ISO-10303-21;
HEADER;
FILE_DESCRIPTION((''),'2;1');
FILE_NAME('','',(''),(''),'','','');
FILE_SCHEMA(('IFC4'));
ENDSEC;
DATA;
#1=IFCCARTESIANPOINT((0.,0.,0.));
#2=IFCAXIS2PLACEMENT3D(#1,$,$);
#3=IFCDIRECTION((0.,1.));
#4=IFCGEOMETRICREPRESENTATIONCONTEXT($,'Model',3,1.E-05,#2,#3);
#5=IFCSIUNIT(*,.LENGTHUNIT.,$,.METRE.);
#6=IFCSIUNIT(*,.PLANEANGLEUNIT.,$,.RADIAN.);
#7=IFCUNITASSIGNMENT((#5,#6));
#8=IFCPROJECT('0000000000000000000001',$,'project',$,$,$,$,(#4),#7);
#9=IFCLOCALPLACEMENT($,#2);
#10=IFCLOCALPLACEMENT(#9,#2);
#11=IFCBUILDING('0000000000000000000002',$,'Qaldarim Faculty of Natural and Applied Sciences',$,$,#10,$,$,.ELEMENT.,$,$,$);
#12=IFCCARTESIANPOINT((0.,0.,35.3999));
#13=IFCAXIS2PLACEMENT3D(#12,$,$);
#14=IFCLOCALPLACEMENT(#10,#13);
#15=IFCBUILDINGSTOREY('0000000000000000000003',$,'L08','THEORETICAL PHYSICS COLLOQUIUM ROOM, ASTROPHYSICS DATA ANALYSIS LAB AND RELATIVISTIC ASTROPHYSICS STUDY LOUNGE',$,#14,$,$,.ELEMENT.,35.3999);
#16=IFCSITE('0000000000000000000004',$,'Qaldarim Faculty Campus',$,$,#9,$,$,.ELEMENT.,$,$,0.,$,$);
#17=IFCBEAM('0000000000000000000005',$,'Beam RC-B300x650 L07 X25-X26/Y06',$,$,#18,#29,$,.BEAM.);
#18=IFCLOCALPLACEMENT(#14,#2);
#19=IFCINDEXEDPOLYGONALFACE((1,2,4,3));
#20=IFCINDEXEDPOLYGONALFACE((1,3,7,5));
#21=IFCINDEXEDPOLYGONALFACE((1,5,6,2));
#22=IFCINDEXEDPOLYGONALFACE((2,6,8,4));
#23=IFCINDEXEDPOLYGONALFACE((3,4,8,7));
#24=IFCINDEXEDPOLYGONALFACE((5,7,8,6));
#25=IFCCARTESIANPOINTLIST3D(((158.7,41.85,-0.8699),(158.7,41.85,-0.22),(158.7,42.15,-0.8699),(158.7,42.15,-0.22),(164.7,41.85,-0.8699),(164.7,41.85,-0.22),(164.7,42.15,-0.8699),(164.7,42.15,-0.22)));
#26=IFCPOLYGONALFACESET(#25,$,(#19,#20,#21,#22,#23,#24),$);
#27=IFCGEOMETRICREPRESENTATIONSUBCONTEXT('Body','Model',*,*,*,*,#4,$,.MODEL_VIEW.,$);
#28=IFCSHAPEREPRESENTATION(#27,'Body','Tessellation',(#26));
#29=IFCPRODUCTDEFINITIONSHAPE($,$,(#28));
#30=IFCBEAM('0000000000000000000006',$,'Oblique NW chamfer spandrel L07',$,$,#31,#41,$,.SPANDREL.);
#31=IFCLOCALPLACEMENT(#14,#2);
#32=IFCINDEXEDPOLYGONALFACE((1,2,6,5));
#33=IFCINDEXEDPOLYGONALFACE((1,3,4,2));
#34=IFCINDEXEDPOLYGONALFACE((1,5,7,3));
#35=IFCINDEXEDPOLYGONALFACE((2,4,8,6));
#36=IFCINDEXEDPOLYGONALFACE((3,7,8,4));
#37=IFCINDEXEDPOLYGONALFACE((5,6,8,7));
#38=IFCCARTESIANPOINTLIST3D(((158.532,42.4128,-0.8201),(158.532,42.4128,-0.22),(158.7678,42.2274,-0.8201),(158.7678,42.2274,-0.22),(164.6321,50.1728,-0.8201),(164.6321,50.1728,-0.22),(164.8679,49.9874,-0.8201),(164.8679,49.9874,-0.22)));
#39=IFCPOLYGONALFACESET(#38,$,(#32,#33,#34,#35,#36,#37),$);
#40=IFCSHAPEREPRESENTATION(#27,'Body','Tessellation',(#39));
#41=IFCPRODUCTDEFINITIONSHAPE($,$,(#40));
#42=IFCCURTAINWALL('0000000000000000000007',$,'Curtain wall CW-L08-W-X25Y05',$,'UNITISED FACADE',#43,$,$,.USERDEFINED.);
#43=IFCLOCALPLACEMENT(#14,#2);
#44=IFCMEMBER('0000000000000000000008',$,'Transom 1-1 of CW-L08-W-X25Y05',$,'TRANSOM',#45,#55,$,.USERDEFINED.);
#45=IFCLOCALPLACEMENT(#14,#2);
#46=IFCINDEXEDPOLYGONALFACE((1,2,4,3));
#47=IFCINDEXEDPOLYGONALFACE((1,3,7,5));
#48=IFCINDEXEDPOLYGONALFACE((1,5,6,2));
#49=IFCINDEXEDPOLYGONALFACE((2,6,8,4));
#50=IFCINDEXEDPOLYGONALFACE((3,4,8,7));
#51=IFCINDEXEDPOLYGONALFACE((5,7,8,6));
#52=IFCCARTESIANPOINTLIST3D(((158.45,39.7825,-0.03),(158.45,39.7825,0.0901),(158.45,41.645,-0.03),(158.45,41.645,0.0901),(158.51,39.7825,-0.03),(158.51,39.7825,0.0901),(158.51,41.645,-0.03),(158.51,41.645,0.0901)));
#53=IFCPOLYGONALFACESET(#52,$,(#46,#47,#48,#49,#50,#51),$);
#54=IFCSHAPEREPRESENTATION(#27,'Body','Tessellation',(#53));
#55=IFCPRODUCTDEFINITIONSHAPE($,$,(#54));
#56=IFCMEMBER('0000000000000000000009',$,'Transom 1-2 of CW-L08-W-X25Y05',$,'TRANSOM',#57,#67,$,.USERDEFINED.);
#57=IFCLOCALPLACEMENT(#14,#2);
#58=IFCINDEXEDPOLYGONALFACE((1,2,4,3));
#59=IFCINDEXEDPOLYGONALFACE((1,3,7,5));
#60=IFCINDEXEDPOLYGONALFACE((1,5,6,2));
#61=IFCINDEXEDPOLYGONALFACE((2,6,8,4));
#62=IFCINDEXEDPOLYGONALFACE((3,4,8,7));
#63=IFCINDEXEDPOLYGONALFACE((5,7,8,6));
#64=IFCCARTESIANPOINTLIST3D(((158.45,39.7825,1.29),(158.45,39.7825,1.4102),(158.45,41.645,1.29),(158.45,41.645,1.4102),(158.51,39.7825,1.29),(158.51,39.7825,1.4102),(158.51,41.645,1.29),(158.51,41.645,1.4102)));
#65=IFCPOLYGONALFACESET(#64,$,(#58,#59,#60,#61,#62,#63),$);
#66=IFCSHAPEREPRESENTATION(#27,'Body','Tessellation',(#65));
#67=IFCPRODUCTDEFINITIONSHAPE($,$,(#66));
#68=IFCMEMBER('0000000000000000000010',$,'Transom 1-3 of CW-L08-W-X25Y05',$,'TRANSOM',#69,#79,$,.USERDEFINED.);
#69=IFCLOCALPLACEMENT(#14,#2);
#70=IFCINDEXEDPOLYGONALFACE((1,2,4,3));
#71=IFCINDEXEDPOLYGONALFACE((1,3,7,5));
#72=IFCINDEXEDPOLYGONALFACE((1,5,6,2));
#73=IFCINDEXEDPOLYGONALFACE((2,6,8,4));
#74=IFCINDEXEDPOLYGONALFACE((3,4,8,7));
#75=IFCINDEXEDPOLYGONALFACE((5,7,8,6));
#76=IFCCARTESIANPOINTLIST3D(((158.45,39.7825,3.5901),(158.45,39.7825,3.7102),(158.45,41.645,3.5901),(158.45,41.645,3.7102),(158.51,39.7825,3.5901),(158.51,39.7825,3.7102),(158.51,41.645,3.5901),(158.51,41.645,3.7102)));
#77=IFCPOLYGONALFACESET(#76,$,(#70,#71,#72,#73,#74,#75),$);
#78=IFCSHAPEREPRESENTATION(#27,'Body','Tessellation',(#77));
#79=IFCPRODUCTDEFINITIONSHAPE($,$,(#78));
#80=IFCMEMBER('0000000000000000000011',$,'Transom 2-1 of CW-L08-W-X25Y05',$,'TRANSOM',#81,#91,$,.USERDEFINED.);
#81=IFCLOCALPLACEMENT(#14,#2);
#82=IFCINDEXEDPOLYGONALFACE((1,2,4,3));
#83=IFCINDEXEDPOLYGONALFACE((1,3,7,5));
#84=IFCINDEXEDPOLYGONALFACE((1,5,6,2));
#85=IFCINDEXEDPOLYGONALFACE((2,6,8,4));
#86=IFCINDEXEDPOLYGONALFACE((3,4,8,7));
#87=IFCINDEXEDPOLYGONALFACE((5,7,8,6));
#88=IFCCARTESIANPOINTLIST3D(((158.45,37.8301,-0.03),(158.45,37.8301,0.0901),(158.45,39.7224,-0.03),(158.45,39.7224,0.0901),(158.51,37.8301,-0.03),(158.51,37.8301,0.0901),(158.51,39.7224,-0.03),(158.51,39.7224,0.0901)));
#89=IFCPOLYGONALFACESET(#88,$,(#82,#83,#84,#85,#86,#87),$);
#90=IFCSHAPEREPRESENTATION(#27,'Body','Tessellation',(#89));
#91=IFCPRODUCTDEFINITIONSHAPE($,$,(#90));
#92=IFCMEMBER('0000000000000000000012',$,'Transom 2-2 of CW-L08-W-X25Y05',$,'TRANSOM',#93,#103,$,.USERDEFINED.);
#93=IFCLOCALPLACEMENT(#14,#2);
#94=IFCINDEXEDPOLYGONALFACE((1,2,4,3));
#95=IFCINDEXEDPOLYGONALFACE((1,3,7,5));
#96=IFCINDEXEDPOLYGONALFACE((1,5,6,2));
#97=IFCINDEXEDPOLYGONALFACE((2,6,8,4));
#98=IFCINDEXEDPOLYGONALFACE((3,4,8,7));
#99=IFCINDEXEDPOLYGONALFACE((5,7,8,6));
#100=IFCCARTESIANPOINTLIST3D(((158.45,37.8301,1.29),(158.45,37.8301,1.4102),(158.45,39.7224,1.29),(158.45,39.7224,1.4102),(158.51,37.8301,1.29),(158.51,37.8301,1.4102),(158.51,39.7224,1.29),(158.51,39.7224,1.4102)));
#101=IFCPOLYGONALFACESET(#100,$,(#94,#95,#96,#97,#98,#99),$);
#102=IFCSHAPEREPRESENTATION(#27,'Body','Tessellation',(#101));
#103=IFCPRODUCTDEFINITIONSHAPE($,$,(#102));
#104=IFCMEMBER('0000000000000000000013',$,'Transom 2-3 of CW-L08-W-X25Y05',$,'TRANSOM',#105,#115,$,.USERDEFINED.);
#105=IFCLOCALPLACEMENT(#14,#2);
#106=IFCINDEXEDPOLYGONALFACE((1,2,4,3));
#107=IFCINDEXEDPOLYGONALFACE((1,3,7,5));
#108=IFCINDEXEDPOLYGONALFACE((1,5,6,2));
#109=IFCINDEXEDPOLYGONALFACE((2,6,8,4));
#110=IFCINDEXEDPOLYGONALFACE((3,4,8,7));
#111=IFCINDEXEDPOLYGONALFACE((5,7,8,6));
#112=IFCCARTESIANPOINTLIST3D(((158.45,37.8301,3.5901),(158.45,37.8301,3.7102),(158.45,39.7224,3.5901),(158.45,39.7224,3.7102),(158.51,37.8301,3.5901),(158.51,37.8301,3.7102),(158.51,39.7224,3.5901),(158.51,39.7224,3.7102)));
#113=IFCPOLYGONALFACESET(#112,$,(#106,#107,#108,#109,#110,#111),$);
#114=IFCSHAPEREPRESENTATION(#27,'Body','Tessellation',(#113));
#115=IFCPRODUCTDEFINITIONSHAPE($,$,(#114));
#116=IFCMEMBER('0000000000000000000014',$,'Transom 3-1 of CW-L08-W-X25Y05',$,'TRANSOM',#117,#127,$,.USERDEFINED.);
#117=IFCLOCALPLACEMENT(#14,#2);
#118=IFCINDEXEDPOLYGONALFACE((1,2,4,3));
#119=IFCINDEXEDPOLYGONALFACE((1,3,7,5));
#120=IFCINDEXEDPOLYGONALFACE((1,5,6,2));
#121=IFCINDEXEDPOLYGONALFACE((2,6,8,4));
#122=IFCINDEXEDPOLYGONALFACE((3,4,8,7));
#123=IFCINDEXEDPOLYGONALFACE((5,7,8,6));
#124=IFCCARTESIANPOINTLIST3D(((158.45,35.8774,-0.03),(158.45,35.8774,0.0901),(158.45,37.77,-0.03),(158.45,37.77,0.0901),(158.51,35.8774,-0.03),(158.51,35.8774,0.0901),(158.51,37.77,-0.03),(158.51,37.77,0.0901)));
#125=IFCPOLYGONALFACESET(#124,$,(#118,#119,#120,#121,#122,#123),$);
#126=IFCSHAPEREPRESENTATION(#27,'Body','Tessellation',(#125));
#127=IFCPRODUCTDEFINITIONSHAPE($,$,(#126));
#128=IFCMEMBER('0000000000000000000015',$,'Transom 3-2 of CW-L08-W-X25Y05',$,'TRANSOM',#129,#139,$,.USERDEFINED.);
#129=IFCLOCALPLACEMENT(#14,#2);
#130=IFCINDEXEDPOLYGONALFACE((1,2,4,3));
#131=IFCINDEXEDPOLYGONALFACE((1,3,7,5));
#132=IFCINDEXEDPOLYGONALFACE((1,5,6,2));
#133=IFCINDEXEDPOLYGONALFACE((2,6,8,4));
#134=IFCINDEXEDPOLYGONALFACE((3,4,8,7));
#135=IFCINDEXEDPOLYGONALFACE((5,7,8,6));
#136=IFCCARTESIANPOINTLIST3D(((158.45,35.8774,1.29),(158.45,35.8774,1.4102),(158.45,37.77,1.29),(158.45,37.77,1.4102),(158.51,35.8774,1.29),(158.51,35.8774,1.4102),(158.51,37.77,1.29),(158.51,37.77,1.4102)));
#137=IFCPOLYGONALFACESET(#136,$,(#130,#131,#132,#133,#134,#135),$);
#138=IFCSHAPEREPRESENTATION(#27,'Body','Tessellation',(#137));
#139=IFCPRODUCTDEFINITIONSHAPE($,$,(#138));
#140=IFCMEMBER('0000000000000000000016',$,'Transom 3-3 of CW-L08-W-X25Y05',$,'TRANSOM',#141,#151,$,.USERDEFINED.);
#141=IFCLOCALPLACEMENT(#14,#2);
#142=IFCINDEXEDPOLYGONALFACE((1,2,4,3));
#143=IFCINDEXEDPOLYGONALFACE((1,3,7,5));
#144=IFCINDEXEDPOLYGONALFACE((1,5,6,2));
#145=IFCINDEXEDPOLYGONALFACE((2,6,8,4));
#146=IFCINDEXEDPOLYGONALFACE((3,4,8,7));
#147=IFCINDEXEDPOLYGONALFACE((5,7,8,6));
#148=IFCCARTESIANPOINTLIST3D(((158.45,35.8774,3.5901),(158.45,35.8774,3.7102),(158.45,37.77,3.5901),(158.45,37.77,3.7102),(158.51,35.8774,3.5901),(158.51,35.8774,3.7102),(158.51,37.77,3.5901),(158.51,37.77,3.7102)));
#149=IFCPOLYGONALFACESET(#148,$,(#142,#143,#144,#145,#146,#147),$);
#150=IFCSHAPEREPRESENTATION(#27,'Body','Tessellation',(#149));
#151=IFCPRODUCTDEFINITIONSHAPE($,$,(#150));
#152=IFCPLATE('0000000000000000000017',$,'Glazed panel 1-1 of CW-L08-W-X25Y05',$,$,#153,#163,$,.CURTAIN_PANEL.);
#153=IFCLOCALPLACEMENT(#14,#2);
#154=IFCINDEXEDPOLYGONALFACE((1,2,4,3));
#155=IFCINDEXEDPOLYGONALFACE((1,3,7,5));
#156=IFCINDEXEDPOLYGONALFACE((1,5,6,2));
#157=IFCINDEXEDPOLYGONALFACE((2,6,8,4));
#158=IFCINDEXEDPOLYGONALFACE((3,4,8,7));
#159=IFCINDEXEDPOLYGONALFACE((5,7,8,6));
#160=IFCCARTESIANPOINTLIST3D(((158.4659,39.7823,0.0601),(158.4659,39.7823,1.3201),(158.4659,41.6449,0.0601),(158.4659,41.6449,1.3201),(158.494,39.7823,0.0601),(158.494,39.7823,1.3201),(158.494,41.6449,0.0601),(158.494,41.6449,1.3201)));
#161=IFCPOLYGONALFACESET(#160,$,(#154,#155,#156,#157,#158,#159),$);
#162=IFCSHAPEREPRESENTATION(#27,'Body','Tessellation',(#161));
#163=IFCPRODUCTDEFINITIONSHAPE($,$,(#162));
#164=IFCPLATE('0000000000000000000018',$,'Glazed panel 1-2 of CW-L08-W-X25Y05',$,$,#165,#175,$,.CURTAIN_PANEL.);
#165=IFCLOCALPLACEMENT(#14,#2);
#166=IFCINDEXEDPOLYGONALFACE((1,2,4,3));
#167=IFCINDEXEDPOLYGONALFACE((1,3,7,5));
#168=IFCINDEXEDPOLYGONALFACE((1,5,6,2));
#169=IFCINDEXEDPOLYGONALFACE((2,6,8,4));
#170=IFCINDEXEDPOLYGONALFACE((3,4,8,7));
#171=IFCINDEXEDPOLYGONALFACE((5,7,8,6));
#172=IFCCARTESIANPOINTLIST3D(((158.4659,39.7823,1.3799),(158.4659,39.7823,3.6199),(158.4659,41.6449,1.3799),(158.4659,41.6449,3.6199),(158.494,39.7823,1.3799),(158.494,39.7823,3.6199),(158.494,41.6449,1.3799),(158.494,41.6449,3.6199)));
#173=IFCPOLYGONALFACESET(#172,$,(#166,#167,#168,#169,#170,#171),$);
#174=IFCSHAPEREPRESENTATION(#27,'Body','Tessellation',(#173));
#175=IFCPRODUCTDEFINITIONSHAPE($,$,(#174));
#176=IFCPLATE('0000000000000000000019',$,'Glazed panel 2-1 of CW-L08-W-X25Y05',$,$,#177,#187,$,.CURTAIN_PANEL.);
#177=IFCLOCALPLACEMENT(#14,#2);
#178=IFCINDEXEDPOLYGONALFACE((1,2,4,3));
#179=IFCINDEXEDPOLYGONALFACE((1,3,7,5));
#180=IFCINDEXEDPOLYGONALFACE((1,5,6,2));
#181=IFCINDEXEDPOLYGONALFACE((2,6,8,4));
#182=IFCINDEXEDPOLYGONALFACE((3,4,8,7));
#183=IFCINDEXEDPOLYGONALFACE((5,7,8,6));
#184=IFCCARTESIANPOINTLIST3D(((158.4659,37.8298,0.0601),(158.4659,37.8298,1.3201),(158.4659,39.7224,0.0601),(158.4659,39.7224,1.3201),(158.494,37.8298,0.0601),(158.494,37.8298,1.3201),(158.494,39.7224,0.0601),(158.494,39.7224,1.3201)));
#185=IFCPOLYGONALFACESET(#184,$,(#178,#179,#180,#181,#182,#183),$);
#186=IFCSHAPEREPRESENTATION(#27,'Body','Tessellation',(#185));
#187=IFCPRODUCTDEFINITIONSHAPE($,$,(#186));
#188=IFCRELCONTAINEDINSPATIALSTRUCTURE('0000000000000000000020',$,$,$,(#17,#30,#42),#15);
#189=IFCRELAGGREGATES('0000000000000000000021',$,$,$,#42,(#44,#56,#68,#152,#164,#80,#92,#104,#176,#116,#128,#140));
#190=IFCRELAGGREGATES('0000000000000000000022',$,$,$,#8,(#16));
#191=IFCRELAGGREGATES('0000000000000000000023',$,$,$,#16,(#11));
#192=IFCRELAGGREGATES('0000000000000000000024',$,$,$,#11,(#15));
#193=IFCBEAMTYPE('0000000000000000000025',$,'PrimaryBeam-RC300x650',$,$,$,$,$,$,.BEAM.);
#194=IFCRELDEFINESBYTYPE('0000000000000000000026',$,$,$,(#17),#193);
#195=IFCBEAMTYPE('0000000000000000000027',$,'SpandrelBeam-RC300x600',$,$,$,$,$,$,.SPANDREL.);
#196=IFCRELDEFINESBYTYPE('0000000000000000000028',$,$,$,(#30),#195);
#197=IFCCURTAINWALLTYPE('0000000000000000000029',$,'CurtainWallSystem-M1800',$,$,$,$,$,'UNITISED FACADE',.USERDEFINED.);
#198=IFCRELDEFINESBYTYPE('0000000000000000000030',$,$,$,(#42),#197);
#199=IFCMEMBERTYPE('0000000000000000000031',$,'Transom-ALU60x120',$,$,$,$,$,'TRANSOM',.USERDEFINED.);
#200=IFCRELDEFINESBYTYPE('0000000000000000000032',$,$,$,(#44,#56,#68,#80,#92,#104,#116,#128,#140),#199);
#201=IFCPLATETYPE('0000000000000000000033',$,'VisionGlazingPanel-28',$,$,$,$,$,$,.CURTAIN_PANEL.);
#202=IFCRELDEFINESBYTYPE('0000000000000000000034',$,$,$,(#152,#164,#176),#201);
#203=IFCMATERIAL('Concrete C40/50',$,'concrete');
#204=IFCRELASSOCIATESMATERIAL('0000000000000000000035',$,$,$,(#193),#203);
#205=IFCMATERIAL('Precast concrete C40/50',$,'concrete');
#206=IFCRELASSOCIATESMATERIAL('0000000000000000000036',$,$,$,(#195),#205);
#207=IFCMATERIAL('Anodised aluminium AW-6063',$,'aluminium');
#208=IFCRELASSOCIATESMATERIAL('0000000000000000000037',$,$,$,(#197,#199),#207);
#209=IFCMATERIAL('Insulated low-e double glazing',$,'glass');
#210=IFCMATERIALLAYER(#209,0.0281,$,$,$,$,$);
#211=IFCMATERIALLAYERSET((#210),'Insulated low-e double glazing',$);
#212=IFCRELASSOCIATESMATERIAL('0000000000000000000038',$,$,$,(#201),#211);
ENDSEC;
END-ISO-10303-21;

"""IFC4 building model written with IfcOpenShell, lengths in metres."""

from ifc_helpers import new_model, si_unit, direction, frame, origin, origin_2d, place, context, subcontext, project, spatial, rectangle, extrude, material, layer, layer_set, material_profile, profile_set, type_object, element, aggregate, save


model = new_model("IFC4")

# Units and contexts
model_context = context("Model", 3, precision=1e-05, world=origin(), true_north=direction((0.0, 1.0)))
body_context = subcontext(model_context, "Body", "Model", "MODEL_VIEW")
ifc_project = project(units=[si_unit("LENGTHUNIT", "METRE"), si_unit("PLANEANGLEUNIT", "RADIAN")], contexts=[model_context])

# Site, building, storey
site_placement = place(None, origin())
site = spatial("IfcSite", under=ifc_project, at=site_placement, Name="Qaldarim Faculty Campus", CompositionType="ELEMENT", RefElevation=0.0)
building_placement = place(site_placement, origin())
building = spatial("IfcBuilding", under=site, at=building_placement, Name="Qaldarim Faculty of Natural and Applied Sciences", CompositionType="ELEMENT")
storey_placement = place(building_placement, frame((0.0, 0.0, 35.3999)))
storey = spatial("IfcBuildingStorey", under=building, at=storey_placement, Name="L08", Description="THEORETICAL PHYSICS COLLOQUIUM ROOM, ASTROPHYSICS DATA ANALYSIS LAB AND RELATIVISTIC ASTROPHYSICS STUDY LOUNGE", CompositionType="ELEMENT", Elevation=35.3999)

# Beams
ifc_material_1 = material(Name="Concrete C40/50", Category="concrete")
ifc_material_profile_1 = material_profile(ifc_material_1, rectangle(XDim=0.3, YDim=0.6499, at=origin_2d()), Name="RC-B300x650")
ifc_profile_set_1 = profile_set([ifc_material_profile_1], Name="Concrete C40/50")
beam_type_1 = type_object("IfcBeamType", Name="PrimaryBeam-RC300x650", PredefinedType="BEAM", material=ifc_profile_set_1)
beam_1_placement = place(storey_placement, frame((158.7, 42.0, -0.5449), z_axis=(1.0, 0.0, 0.0), x_axis=(0.0, 1.0, 0.0)))
element("IfcBeam", 1, at=beam_1_placement, inside=storey, type_object=beam_type_1, Name="Beam RC-B300x650 L07 X25-X26/Y06", PredefinedType="BEAM", context=body_context, shape_type="SweptSolid", body=[
    extrude(rectangle(XDim=0.3, YDim=0.6499, at=origin_2d()), origin(), (0.0, 0.0, 1.0), 6.0),
])
ifc_material_2 = material(Name="Precast concrete C40/50", Category="concrete")
ifc_material_profile_2 = material_profile(ifc_material_2, rectangle(XDim=0.3, YDim=0.6001, at=origin_2d()), Name="RC-SP300x600")
ifc_profile_set_2 = profile_set([ifc_material_profile_2], Name="Precast concrete C40/50")
beam_type_2 = type_object("IfcBeamType", Name="SpandrelBeam-RC300x600", PredefinedType="SPANDREL", material=ifc_profile_set_2)
beam_2_placement = place(storey_placement, frame((158.6499, 42.3201, -0.52), z_axis=(0.618006, 0.786173, 0.0), x_axis=(-0.786173, 0.618006, 0.0)))
element("IfcBeam", 2, at=beam_2_placement, inside=storey, type_object=beam_type_2, Name="Oblique NW chamfer spandrel L07", PredefinedType="SPANDREL", context=body_context, shape_type="SweptSolid", body=[
    extrude(rectangle(XDim=0.3, YDim=0.6001, at=origin_2d()), origin(), (0.0, 0.0, 1.0), 9.8706),
])

# Curtain wall, members, plates
ifc_material_3 = material(Name="Anodised aluminium AW-6063", Category="aluminium")
curtain_wall_type = type_object("IfcCurtainWallType", Name="CurtainWallSystem-M1800", ElementType="UNITISED FACADE", PredefinedType="USERDEFINED", material=ifc_material_3)
curtain_wall_placement = place(storey_placement, origin())
curtain_wall = element("IfcCurtainWall", 3, at=curtain_wall_placement, inside=storey, type_object=curtain_wall_type, Name="Curtain wall CW-L08-W-X25Y05", ObjectType="UNITISED FACADE", PredefinedType="USERDEFINED")
ifc_material_profile_3 = material_profile(ifc_material_3, rectangle(XDim=0.0601, YDim=0.1201, at=origin_2d()), Name="ALU-T60x120")
ifc_profile_set_3 = profile_set([ifc_material_profile_3], Name="Anodised aluminium AW-6063")
member_type = type_object("IfcMemberType", Name="Transom-ALU60x120", ElementType="TRANSOM", PredefinedType="USERDEFINED", material=ifc_profile_set_3)
member_1_placement = place(storey_placement, frame((158.48, 41.645, 0.03), z_axis=(0.0, -1.0, 0.0), x_axis=(1.0, 0.0, 0.0)))
member_1 = element("IfcMember", 4, at=member_1_placement, type_object=member_type, Name="Transom 1-1 of CW-L08-W-X25Y05", ObjectType="TRANSOM", PredefinedType="USERDEFINED", context=body_context, shape_type="SweptSolid", body=[
    extrude(rectangle(XDim=0.0601, YDim=0.1201, at=origin_2d()), origin(), (0.0, 0.0, 1.0), 1.8625),
])
member_2_placement = place(storey_placement, frame((158.48, 41.645, 1.3501), z_axis=(0.0, -1.0, 0.0), x_axis=(1.0, 0.0, 0.0)))
member_2 = element("IfcMember", 5, at=member_2_placement, type_object=member_type, Name="Transom 1-2 of CW-L08-W-X25Y05", ObjectType="TRANSOM", PredefinedType="USERDEFINED", context=body_context, shape_type="SweptSolid", body=[
    extrude(rectangle(XDim=0.0601, YDim=0.1201, at=origin_2d()), origin(), (0.0, 0.0, 1.0), 1.8625),
])
member_3_placement = place(storey_placement, frame((158.48, 41.645, 3.6501), z_axis=(0.0, -1.0, 0.0), x_axis=(1.0, 0.0, 0.0)))
member_3 = element("IfcMember", 6, at=member_3_placement, type_object=member_type, Name="Transom 1-3 of CW-L08-W-X25Y05", ObjectType="TRANSOM", PredefinedType="USERDEFINED", context=body_context, shape_type="SweptSolid", body=[
    extrude(rectangle(XDim=0.0601, YDim=0.1201, at=origin_2d()), origin(), (0.0, 0.0, 1.0), 1.8625),
])
member_4_placement = place(storey_placement, frame((158.48, 39.7224, 0.03), z_axis=(0.0, -1.0, 0.0), x_axis=(1.0, 0.0, 0.0)))
member_4 = element("IfcMember", 7, at=member_4_placement, type_object=member_type, Name="Transom 2-1 of CW-L08-W-X25Y05", ObjectType="TRANSOM", PredefinedType="USERDEFINED", context=body_context, shape_type="SweptSolid", body=[
    extrude(rectangle(XDim=0.0601, YDim=0.1201, at=origin_2d()), origin(), (0.0, 0.0, 1.0), 1.8923),
])
member_5_placement = place(storey_placement, frame((158.48, 39.7224, 1.3501), z_axis=(0.0, -1.0, 0.0), x_axis=(1.0, 0.0, 0.0)))
member_5 = element("IfcMember", 8, at=member_5_placement, type_object=member_type, Name="Transom 2-2 of CW-L08-W-X25Y05", ObjectType="TRANSOM", PredefinedType="USERDEFINED", context=body_context, shape_type="SweptSolid", body=[
    extrude(rectangle(XDim=0.0601, YDim=0.1201, at=origin_2d()), origin(), (0.0, 0.0, 1.0), 1.8923),
])
member_6_placement = place(storey_placement, frame((158.48, 39.7224, 3.6501), z_axis=(0.0, -1.0, 0.0), x_axis=(1.0, 0.0, 0.0)))
member_6 = element("IfcMember", 9, at=member_6_placement, type_object=member_type, Name="Transom 2-3 of CW-L08-W-X25Y05", ObjectType="TRANSOM", PredefinedType="USERDEFINED", context=body_context, shape_type="SweptSolid", body=[
    extrude(rectangle(XDim=0.0601, YDim=0.1201, at=origin_2d()), origin(), (0.0, 0.0, 1.0), 1.8923),
])
member_7_placement = place(storey_placement, frame((158.48, 37.77, 0.03), z_axis=(0.0, -1.0, 0.0), x_axis=(1.0, 0.0, 0.0)))
member_7 = element("IfcMember", 10, at=member_7_placement, type_object=member_type, Name="Transom 3-1 of CW-L08-W-X25Y05", ObjectType="TRANSOM", PredefinedType="USERDEFINED", context=body_context, shape_type="SweptSolid", body=[
    extrude(rectangle(XDim=0.0601, YDim=0.1201, at=origin_2d()), origin(), (0.0, 0.0, 1.0), 1.8926),
])
member_8_placement = place(storey_placement, frame((158.48, 37.77, 1.3501), z_axis=(0.0, -1.0, 0.0), x_axis=(1.0, 0.0, 0.0)))
member_8 = element("IfcMember", 11, at=member_8_placement, type_object=member_type, Name="Transom 3-2 of CW-L08-W-X25Y05", ObjectType="TRANSOM", PredefinedType="USERDEFINED", context=body_context, shape_type="SweptSolid", body=[
    extrude(rectangle(XDim=0.0601, YDim=0.1201, at=origin_2d()), origin(), (0.0, 0.0, 1.0), 1.8926),
])
member_9_placement = place(storey_placement, frame((158.48, 37.77, 3.6501), z_axis=(0.0, -1.0, 0.0), x_axis=(1.0, 0.0, 0.0)))
member_9 = element("IfcMember", 12, at=member_9_placement, type_object=member_type, Name="Transom 3-3 of CW-L08-W-X25Y05", ObjectType="TRANSOM", PredefinedType="USERDEFINED", context=body_context, shape_type="SweptSolid", body=[
    extrude(rectangle(XDim=0.0601, YDim=0.1201, at=origin_2d()), origin(), (0.0, 0.0, 1.0), 1.8926),
])
ifc_material_4 = material(Name="Insulated low-e double glazing", Category="glass")
ifc_layer_1 = layer(ifc_material_4, 0.0281)
ifc_layer_set_1 = layer_set([ifc_layer_1], Name="Insulated low-e double glazing")
plate_type = type_object("IfcPlateType", Name="VisionGlazingPanel-28", PredefinedType="CURTAIN_PANEL", material=ifc_layer_set_1)
plate_1_placement = place(storey_placement, frame((158.48, 40.7136, 0.0601), z_axis=(0.0, 0.0, 1.0), x_axis=(0.0, -1.0, 0.0)))
plate_1 = element("IfcPlate", 13, at=plate_1_placement, type_object=plate_type, Name="Glazed panel 1-1 of CW-L08-W-X25Y05", PredefinedType="CURTAIN_PANEL", context=body_context, shape_type="SweptSolid", body=[
    extrude(rectangle(XDim=1.8625, YDim=0.0281, at=origin_2d()), origin(), (0.0, 0.0, 1.0), 1.26),
])
plate_2_placement = place(storey_placement, frame((158.48, 40.7136, 1.3799), z_axis=(0.0, 0.0, 1.0), x_axis=(0.0, -1.0, 0.0)))
plate_2 = element("IfcPlate", 14, at=plate_2_placement, type_object=plate_type, Name="Glazed panel 1-2 of CW-L08-W-X25Y05", PredefinedType="CURTAIN_PANEL", context=body_context, shape_type="SweptSolid", body=[
    extrude(rectangle(XDim=1.8625, YDim=0.0281, at=origin_2d()), origin(), (0.0, 0.0, 1.0), 2.24),
])
plate_3_placement = place(storey_placement, frame((158.48, 38.7761, 0.0601), z_axis=(0.0, 0.0, 1.0), x_axis=(0.0, -1.0, 0.0)))
plate_3 = element("IfcPlate", 15, at=plate_3_placement, type_object=plate_type, Name="Glazed panel 2-1 of CW-L08-W-X25Y05", PredefinedType="CURTAIN_PANEL", context=body_context, shape_type="SweptSolid", body=[
    extrude(rectangle(XDim=1.8926, YDim=0.0281, at=origin_2d()), origin(), (0.0, 0.0, 1.0), 1.26),
])
aggregate(curtain_wall, [member_1, member_2, member_3, plate_1, plate_2, member_4, member_5, member_6, plate_3, member_7, member_8, member_9])

save(model, "model.ifc")
